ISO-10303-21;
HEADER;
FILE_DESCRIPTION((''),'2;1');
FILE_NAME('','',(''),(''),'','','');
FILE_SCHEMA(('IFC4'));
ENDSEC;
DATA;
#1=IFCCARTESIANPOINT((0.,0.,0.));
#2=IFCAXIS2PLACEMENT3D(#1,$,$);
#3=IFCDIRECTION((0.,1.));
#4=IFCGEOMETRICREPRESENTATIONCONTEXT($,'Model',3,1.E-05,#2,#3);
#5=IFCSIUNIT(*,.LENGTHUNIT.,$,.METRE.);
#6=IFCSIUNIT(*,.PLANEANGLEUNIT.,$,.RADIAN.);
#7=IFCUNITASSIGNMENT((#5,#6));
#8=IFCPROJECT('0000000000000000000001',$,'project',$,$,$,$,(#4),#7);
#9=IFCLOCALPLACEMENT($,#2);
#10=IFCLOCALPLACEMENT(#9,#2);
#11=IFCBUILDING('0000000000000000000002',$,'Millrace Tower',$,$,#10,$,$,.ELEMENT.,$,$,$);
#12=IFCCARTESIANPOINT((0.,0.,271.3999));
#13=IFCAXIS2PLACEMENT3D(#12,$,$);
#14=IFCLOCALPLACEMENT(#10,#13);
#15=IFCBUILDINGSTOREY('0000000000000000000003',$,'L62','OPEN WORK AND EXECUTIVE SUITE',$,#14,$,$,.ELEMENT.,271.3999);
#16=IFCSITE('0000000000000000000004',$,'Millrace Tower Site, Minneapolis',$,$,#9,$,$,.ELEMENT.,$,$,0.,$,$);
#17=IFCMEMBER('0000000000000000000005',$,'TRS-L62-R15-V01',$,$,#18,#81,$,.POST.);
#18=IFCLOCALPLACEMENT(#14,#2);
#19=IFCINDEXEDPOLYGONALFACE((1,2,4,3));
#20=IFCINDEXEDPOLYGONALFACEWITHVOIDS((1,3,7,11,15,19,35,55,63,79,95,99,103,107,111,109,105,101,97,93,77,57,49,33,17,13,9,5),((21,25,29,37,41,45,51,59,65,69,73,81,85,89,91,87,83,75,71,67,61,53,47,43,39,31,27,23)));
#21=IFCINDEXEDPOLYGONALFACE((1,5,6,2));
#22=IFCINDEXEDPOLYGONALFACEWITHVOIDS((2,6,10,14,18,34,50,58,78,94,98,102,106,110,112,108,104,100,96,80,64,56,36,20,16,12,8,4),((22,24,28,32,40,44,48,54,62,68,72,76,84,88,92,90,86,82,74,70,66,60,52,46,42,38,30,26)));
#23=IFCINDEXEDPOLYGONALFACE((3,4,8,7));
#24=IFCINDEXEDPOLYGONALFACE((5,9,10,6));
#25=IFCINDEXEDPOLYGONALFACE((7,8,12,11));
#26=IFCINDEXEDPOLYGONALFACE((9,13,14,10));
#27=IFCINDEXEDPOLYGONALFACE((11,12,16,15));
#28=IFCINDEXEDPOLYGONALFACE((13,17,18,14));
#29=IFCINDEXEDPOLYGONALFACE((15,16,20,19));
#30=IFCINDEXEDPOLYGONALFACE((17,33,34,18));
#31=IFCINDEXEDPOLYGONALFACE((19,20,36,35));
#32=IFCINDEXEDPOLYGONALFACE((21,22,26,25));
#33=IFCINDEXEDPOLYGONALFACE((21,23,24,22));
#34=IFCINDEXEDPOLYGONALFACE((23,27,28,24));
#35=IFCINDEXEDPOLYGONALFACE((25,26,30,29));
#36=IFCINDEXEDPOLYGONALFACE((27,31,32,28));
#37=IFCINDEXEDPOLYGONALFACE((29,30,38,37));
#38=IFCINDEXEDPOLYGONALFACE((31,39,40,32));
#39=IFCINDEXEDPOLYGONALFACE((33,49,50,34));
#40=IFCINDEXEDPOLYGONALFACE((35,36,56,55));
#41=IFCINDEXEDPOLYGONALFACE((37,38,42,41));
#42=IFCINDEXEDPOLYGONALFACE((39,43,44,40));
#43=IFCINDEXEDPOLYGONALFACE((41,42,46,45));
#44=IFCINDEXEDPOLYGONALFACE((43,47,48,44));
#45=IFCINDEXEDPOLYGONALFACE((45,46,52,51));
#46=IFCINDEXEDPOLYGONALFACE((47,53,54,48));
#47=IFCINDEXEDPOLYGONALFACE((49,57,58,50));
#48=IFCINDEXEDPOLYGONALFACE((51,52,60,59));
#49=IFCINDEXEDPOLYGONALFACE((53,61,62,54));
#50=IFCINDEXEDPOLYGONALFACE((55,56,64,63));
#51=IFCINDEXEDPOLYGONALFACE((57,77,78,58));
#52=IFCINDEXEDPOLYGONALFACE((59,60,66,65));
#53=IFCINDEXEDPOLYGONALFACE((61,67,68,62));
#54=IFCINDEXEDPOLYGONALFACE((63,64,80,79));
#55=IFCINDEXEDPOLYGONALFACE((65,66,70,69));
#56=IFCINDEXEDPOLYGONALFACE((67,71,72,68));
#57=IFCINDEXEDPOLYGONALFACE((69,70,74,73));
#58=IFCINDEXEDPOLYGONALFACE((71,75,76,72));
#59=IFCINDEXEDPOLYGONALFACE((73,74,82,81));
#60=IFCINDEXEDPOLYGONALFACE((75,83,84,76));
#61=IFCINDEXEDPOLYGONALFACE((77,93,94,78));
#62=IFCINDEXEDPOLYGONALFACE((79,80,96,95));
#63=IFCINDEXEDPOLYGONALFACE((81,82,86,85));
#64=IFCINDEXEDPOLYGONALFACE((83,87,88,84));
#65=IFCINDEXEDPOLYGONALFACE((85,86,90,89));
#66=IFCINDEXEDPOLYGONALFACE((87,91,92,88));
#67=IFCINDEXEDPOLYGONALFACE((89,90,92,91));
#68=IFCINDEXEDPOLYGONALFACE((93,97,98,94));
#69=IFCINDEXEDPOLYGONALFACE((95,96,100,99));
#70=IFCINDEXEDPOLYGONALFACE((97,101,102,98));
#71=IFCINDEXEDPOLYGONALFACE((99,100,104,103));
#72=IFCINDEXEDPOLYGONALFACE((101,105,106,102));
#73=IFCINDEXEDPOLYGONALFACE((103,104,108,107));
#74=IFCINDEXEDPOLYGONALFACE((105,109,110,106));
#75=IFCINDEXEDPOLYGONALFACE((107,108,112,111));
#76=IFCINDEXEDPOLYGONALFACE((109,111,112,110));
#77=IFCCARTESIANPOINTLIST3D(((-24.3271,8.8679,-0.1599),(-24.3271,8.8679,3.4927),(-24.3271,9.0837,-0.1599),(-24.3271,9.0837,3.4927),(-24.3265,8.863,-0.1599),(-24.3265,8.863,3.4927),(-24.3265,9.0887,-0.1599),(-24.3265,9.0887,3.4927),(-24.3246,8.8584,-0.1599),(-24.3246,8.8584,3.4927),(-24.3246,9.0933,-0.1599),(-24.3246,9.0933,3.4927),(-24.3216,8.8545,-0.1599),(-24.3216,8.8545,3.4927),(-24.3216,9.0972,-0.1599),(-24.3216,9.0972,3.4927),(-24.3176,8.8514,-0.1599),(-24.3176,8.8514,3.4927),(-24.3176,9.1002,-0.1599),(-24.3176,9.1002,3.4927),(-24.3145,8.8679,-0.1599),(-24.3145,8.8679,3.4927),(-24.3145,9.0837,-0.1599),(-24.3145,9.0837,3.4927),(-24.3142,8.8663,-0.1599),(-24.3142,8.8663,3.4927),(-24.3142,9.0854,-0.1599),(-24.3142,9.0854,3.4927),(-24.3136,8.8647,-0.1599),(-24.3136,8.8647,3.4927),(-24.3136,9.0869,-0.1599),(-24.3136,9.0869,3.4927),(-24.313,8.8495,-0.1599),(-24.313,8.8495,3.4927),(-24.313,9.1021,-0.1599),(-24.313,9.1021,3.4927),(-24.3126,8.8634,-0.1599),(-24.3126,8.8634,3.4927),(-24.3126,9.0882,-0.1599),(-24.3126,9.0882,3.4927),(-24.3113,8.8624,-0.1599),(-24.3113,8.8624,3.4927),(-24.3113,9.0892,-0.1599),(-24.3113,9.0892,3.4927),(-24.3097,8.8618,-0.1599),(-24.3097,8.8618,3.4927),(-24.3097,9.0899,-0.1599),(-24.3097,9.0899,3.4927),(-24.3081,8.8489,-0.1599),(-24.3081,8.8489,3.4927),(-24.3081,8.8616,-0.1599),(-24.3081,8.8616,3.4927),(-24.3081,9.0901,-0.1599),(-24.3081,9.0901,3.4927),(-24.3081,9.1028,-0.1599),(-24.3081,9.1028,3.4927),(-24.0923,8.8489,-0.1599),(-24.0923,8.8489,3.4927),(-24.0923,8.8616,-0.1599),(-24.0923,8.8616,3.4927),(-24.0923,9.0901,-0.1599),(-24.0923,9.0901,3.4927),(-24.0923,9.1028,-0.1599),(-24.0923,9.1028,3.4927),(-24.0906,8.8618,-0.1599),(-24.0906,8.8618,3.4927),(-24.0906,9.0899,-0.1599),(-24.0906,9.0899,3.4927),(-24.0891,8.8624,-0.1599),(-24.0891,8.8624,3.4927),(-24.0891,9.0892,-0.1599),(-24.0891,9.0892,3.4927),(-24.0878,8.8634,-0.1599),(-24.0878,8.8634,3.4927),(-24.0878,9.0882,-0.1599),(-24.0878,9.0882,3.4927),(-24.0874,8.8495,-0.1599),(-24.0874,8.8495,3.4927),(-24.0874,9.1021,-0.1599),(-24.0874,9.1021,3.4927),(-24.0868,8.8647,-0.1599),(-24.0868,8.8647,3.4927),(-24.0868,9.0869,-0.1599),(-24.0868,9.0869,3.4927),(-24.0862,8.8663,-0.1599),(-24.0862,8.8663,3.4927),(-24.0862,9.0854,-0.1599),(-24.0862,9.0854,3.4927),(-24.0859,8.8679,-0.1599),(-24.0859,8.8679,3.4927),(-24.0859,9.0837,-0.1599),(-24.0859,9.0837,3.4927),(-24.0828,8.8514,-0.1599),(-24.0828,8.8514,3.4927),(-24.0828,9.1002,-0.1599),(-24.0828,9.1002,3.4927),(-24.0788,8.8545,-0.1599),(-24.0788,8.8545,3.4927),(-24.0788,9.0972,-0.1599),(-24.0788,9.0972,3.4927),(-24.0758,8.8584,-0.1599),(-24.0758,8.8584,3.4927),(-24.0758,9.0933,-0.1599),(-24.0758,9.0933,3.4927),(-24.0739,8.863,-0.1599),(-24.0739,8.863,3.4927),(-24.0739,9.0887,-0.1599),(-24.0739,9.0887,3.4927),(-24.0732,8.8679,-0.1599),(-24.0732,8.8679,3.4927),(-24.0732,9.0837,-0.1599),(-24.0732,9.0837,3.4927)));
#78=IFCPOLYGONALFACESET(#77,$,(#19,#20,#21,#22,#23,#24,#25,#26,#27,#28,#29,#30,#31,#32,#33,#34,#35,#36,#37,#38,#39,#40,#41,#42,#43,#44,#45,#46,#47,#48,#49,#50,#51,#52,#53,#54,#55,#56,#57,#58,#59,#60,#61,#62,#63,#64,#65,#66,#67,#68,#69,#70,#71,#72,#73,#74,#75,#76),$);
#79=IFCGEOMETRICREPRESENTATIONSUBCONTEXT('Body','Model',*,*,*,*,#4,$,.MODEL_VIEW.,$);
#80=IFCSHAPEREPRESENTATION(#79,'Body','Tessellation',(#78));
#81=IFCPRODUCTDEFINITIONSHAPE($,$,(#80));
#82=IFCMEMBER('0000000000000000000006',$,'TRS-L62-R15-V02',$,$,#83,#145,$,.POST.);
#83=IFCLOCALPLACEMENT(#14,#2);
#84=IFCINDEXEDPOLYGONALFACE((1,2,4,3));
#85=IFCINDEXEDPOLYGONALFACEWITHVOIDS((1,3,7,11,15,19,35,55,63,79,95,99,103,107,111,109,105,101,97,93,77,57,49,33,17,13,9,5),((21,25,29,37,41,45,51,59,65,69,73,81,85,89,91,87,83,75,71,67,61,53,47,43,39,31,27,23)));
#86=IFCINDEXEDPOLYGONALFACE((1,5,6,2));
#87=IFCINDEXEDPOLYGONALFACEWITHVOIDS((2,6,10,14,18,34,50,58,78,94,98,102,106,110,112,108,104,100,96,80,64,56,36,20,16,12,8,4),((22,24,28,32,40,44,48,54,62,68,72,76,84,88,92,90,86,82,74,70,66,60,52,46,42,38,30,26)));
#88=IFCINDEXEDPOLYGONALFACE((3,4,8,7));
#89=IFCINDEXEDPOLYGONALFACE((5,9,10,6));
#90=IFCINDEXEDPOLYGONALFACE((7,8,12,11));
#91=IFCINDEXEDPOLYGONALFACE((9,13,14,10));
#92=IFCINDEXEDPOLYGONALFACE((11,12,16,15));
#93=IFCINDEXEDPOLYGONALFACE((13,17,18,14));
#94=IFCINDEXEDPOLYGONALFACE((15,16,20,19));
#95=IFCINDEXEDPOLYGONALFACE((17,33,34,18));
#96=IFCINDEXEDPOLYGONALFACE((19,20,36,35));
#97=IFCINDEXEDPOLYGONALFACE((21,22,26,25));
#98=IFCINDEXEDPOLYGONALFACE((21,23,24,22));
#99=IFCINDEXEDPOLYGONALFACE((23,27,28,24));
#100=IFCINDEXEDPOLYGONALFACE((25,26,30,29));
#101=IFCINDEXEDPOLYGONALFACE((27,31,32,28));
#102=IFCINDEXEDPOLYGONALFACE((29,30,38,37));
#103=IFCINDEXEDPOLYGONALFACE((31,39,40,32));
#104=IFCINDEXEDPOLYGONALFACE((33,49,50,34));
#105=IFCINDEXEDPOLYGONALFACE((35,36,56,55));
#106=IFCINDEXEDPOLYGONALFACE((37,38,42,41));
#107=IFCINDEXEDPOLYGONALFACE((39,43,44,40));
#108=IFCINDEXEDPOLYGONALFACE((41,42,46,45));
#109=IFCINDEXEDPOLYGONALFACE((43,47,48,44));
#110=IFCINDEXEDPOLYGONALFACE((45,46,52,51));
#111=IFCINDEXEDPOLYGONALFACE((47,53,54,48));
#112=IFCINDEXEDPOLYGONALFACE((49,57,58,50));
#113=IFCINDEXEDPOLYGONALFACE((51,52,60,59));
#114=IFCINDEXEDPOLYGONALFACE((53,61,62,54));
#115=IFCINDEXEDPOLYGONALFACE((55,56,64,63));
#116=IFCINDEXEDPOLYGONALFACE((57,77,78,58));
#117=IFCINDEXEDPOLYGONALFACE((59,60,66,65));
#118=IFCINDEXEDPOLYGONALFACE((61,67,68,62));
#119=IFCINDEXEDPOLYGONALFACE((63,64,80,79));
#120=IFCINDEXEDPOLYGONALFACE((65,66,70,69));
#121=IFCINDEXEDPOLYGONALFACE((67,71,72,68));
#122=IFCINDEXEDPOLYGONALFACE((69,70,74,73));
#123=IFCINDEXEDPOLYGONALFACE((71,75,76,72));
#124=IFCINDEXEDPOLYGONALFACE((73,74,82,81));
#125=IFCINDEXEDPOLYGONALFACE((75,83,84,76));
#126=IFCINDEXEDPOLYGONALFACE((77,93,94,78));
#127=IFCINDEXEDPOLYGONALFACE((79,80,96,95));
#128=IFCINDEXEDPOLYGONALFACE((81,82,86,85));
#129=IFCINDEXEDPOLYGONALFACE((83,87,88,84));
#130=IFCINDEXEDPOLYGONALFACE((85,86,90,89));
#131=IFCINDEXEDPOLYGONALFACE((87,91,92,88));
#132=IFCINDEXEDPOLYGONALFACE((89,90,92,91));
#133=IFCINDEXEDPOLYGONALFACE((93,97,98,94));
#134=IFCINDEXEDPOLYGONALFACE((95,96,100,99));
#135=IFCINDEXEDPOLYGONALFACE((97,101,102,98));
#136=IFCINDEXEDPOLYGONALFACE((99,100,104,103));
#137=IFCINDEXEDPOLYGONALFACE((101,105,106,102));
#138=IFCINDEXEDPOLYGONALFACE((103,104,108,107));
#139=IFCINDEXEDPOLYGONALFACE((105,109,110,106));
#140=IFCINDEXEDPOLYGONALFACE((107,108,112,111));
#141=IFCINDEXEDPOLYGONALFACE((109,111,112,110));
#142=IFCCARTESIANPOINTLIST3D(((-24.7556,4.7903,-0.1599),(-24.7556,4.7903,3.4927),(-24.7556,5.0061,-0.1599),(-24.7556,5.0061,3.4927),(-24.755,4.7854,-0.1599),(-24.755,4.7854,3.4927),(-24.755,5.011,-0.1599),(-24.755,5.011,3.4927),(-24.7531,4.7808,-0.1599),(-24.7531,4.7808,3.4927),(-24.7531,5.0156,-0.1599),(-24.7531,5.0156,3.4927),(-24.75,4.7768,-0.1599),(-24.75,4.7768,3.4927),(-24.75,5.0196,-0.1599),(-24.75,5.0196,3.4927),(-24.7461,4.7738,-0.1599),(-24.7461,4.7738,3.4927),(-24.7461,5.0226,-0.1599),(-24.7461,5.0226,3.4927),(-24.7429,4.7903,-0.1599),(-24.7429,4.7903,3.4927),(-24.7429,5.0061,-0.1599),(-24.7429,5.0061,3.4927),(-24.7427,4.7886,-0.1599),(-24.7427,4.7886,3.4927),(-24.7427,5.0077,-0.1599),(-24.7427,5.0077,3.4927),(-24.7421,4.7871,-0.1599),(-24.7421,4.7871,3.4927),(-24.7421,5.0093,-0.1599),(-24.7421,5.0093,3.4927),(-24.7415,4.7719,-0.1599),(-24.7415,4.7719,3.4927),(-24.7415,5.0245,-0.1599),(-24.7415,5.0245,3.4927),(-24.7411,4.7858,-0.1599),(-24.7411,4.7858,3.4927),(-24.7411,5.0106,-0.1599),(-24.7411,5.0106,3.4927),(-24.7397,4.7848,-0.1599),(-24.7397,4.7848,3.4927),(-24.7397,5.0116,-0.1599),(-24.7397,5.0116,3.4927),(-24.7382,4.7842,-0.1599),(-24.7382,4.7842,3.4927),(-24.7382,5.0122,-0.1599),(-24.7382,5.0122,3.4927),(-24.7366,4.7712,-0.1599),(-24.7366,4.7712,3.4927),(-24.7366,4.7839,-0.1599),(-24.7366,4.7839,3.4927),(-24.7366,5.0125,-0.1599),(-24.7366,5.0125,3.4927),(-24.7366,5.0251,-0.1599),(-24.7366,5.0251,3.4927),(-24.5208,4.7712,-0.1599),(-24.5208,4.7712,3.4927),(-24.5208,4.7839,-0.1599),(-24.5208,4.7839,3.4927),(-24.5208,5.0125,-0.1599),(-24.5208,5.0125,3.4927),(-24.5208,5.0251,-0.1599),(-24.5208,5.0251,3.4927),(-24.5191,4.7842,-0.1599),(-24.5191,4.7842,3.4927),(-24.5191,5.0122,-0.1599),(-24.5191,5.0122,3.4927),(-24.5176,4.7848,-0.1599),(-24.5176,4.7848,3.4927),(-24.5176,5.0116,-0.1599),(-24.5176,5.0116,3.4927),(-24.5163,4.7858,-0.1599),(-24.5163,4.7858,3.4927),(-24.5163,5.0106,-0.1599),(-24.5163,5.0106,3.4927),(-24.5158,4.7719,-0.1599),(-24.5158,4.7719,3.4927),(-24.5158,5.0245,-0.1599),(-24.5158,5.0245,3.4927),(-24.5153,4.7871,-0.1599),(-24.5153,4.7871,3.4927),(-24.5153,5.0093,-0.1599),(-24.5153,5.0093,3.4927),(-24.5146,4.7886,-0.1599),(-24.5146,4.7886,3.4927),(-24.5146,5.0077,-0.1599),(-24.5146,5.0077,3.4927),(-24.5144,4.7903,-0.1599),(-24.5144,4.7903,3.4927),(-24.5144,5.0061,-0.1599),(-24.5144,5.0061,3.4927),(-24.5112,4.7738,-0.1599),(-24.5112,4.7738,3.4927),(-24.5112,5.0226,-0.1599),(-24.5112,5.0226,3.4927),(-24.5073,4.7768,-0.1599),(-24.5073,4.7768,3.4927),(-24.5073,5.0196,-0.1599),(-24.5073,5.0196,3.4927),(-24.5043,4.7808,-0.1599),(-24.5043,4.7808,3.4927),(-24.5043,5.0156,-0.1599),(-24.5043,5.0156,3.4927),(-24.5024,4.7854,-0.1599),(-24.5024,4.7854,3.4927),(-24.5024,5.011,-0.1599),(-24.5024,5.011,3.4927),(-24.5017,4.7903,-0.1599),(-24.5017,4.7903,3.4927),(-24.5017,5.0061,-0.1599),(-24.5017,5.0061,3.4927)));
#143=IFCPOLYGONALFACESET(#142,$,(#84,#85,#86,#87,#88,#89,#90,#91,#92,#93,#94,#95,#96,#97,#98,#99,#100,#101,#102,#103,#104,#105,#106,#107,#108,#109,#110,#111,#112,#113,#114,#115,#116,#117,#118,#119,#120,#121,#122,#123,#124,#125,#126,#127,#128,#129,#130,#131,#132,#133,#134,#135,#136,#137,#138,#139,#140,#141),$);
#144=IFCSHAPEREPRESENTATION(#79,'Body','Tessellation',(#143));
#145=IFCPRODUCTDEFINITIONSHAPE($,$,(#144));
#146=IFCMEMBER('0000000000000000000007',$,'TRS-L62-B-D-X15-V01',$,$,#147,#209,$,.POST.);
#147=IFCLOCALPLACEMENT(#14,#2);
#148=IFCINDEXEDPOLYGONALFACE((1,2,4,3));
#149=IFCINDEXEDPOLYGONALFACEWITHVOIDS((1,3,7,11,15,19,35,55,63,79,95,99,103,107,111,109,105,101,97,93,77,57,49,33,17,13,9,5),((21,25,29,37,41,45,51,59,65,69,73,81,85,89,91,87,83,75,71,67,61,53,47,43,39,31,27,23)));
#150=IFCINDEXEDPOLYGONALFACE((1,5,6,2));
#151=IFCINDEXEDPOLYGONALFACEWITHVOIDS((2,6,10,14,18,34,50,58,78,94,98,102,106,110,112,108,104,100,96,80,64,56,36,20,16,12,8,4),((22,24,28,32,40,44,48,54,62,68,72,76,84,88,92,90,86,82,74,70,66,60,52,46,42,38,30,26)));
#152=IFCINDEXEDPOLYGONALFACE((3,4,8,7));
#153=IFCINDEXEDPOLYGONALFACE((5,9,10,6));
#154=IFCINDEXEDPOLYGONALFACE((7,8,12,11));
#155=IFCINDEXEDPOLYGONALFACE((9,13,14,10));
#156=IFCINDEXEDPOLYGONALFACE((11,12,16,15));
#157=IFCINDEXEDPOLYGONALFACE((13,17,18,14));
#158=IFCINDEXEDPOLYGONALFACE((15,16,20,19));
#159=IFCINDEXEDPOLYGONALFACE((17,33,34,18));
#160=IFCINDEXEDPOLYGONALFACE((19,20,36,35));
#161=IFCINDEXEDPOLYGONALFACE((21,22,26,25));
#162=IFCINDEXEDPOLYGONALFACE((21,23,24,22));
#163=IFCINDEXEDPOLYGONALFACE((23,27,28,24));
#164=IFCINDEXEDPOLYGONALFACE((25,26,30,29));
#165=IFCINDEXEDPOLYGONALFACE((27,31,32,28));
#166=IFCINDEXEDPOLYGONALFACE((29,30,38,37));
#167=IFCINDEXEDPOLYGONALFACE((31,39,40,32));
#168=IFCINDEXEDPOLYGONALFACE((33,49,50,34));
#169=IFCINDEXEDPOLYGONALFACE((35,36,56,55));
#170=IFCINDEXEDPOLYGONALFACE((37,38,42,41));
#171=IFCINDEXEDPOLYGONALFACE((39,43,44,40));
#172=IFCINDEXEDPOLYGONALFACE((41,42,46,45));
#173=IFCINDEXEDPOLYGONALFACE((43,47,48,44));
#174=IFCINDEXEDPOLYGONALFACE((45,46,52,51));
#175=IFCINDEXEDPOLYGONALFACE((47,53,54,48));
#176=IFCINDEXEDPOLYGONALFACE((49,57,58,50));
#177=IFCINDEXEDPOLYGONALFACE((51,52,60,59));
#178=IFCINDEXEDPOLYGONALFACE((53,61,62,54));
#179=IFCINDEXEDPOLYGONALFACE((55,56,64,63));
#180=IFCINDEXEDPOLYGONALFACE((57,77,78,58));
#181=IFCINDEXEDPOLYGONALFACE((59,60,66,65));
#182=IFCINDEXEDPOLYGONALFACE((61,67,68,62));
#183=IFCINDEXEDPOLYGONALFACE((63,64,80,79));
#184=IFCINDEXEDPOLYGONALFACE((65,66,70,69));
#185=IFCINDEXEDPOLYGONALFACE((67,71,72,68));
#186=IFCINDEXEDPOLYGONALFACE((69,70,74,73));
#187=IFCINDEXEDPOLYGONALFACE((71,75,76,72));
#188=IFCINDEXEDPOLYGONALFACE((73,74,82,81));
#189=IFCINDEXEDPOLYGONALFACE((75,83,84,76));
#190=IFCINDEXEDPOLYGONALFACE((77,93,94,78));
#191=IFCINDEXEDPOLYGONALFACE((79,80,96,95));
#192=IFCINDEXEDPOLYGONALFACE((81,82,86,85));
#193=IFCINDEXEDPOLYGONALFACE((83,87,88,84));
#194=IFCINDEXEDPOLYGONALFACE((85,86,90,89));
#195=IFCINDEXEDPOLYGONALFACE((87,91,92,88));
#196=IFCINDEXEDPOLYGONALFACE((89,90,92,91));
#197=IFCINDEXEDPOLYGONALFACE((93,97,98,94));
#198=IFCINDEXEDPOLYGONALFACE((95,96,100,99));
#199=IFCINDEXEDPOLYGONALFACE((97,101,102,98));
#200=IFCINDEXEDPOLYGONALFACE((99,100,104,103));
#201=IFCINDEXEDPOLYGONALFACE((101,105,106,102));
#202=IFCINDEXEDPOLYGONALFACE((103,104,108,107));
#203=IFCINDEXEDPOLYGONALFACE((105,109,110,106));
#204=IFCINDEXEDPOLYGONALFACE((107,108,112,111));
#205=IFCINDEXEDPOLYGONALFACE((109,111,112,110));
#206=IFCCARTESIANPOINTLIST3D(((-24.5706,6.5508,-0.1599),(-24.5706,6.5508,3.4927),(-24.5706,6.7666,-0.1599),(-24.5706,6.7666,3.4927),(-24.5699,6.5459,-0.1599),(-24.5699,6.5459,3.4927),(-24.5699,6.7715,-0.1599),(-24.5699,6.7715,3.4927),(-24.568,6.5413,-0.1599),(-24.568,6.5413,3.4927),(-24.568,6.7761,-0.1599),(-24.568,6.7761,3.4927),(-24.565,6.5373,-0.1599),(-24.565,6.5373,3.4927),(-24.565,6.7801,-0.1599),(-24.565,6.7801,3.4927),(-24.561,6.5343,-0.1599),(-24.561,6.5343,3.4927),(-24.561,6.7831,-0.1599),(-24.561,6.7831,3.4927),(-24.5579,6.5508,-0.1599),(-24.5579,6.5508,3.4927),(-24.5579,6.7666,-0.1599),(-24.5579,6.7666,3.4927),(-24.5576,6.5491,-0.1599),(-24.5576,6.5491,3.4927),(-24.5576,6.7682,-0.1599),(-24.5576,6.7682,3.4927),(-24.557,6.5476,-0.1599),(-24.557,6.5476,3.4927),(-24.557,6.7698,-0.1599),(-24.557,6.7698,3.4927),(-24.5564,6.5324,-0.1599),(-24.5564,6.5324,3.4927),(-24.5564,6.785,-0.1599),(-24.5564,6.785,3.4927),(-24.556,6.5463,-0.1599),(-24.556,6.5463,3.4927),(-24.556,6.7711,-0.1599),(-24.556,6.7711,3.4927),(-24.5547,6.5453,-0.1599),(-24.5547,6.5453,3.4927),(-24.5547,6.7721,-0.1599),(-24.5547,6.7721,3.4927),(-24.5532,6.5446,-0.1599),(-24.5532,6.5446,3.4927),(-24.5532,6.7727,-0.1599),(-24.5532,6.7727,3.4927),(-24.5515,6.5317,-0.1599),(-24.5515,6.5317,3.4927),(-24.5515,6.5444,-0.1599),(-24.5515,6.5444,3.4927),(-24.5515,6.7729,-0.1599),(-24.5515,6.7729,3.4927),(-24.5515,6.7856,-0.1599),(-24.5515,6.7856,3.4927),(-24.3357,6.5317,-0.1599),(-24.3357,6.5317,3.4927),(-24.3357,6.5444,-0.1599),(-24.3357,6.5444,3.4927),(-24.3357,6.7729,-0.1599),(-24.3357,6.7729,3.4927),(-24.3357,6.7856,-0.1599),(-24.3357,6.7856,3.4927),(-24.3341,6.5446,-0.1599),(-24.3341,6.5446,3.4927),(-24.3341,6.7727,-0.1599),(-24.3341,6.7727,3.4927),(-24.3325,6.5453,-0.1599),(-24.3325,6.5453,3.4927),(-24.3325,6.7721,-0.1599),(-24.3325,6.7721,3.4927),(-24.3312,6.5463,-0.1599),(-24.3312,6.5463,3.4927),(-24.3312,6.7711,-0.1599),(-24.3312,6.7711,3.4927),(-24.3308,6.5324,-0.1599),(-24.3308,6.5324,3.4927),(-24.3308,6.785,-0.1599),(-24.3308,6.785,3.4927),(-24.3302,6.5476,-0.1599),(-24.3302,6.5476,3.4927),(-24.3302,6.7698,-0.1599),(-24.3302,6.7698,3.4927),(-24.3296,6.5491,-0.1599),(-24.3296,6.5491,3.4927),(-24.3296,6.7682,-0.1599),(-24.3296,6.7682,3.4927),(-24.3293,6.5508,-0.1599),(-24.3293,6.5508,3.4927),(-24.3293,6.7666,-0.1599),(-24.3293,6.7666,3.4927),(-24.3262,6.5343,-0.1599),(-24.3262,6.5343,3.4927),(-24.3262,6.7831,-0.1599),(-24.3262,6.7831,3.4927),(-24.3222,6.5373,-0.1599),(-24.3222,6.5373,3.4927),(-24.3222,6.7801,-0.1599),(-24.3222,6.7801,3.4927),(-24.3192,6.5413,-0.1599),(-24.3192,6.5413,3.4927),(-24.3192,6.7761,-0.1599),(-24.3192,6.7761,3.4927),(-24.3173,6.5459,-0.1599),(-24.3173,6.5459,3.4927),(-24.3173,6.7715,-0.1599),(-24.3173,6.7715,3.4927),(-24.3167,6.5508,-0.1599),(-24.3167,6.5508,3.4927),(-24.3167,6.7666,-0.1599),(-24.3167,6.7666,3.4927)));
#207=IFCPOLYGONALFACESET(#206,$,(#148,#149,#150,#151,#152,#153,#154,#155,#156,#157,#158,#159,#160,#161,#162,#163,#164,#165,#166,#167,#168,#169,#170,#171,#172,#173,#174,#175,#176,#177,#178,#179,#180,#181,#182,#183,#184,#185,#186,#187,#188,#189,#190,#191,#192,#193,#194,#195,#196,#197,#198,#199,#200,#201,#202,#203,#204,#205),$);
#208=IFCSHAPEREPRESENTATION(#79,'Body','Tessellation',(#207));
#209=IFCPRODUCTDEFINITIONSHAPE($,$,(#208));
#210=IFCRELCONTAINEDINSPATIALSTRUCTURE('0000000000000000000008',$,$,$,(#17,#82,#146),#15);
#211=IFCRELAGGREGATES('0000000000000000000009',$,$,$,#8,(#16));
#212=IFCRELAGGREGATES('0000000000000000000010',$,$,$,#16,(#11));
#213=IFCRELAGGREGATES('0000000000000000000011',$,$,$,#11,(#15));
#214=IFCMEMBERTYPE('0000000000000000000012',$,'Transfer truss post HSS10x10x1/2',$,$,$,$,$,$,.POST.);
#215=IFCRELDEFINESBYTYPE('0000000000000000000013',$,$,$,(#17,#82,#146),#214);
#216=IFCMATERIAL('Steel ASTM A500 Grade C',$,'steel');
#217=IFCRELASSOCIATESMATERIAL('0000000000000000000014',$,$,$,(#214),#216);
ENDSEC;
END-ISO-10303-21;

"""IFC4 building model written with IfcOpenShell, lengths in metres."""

from ifc_helpers import new_model, si_unit, direction, frame, origin, origin_2d, place, context, subcontext, project, spatial, hollow_rectangle, extrude, material, material_profile, profile_set, type_object, element, save


model = new_model("IFC4")

# Units and contexts
model_context = context("Model", 3, precision=1e-05, world=origin(), true_north=direction((0.0, 1.0)))
body_context = subcontext(model_context, "Body", "Model", "MODEL_VIEW")
ifc_project = project(units=[si_unit("LENGTHUNIT", "METRE"), si_unit("PLANEANGLEUNIT", "RADIAN")], contexts=[model_context])

# Site, building, storey
site_placement = place(None, origin())
site = spatial("IfcSite", under=ifc_project, at=site_placement, Name="Millrace Tower Site, Minneapolis", CompositionType="ELEMENT", RefElevation=0.0)
building_placement = place(site_placement, origin())
building = spatial("IfcBuilding", under=site, at=building_placement, Name="Millrace Tower", CompositionType="ELEMENT")
storey_placement = place(building_placement, frame((0.0, 0.0, 271.3999)))
storey = spatial("IfcBuildingStorey", under=building, at=storey_placement, Name="L62", Description="OPEN WORK AND EXECUTIVE SUITE", CompositionType="ELEMENT", Elevation=271.3999)

# Members
ifc_material_1 = material(Name="Steel ASTM A500 Grade C", Category="steel")
ifc_material_profile_1 = material_profile(ifc_material_1, hollow_rectangle(XDim=0.2539, YDim=0.2539, WallThickness=0.0127, InnerFilletRadius=0.0063, OuterFilletRadius=0.019, at=origin_2d()))
ifc_profile_set_1 = profile_set([ifc_material_profile_1], Name="Steel ASTM A500 Grade C")
member_type_1 = type_object("IfcMemberType", Name="Transfer truss post HSS10x10x1/2", PredefinedType="POST", material=ifc_profile_set_1)
for number, where, z_axis, x_axis, name in (
    (1, (-24.2002, 8.9758, -0.1599), (0.0, 0.0, 1.0), (1.0, 0.0, 0.0), "TRS-L62-R15-V01"),
    (2, (-24.6287, 4.8982, -0.1599), (0.0, 0.0, 1.0), (1.0, 0.0, 0.0), "TRS-L62-R15-V02"),
    (3, (-24.4436, 6.6587, -0.1599), (0.0, 0.0, 1.0), (1.0, 0.0, 0.0), "TRS-L62-B-D-X15-V01"),
):
    element("IfcMember", number, at=place(storey_placement, frame(where, z_axis=z_axis, x_axis=x_axis)), inside=storey, type_object=member_type_1, Name=name, PredefinedType="POST", context=body_context, shape_type="SweptSolid", body=[
        extrude(hollow_rectangle(XDim=0.2539, YDim=0.2539, WallThickness=0.0127, InnerFilletRadius=0.0063, OuterFilletRadius=0.019, at=origin_2d()), origin(), (0.0, 0.0, 1.0), 3.6526),
    ])

save(model, "model.ifc")
